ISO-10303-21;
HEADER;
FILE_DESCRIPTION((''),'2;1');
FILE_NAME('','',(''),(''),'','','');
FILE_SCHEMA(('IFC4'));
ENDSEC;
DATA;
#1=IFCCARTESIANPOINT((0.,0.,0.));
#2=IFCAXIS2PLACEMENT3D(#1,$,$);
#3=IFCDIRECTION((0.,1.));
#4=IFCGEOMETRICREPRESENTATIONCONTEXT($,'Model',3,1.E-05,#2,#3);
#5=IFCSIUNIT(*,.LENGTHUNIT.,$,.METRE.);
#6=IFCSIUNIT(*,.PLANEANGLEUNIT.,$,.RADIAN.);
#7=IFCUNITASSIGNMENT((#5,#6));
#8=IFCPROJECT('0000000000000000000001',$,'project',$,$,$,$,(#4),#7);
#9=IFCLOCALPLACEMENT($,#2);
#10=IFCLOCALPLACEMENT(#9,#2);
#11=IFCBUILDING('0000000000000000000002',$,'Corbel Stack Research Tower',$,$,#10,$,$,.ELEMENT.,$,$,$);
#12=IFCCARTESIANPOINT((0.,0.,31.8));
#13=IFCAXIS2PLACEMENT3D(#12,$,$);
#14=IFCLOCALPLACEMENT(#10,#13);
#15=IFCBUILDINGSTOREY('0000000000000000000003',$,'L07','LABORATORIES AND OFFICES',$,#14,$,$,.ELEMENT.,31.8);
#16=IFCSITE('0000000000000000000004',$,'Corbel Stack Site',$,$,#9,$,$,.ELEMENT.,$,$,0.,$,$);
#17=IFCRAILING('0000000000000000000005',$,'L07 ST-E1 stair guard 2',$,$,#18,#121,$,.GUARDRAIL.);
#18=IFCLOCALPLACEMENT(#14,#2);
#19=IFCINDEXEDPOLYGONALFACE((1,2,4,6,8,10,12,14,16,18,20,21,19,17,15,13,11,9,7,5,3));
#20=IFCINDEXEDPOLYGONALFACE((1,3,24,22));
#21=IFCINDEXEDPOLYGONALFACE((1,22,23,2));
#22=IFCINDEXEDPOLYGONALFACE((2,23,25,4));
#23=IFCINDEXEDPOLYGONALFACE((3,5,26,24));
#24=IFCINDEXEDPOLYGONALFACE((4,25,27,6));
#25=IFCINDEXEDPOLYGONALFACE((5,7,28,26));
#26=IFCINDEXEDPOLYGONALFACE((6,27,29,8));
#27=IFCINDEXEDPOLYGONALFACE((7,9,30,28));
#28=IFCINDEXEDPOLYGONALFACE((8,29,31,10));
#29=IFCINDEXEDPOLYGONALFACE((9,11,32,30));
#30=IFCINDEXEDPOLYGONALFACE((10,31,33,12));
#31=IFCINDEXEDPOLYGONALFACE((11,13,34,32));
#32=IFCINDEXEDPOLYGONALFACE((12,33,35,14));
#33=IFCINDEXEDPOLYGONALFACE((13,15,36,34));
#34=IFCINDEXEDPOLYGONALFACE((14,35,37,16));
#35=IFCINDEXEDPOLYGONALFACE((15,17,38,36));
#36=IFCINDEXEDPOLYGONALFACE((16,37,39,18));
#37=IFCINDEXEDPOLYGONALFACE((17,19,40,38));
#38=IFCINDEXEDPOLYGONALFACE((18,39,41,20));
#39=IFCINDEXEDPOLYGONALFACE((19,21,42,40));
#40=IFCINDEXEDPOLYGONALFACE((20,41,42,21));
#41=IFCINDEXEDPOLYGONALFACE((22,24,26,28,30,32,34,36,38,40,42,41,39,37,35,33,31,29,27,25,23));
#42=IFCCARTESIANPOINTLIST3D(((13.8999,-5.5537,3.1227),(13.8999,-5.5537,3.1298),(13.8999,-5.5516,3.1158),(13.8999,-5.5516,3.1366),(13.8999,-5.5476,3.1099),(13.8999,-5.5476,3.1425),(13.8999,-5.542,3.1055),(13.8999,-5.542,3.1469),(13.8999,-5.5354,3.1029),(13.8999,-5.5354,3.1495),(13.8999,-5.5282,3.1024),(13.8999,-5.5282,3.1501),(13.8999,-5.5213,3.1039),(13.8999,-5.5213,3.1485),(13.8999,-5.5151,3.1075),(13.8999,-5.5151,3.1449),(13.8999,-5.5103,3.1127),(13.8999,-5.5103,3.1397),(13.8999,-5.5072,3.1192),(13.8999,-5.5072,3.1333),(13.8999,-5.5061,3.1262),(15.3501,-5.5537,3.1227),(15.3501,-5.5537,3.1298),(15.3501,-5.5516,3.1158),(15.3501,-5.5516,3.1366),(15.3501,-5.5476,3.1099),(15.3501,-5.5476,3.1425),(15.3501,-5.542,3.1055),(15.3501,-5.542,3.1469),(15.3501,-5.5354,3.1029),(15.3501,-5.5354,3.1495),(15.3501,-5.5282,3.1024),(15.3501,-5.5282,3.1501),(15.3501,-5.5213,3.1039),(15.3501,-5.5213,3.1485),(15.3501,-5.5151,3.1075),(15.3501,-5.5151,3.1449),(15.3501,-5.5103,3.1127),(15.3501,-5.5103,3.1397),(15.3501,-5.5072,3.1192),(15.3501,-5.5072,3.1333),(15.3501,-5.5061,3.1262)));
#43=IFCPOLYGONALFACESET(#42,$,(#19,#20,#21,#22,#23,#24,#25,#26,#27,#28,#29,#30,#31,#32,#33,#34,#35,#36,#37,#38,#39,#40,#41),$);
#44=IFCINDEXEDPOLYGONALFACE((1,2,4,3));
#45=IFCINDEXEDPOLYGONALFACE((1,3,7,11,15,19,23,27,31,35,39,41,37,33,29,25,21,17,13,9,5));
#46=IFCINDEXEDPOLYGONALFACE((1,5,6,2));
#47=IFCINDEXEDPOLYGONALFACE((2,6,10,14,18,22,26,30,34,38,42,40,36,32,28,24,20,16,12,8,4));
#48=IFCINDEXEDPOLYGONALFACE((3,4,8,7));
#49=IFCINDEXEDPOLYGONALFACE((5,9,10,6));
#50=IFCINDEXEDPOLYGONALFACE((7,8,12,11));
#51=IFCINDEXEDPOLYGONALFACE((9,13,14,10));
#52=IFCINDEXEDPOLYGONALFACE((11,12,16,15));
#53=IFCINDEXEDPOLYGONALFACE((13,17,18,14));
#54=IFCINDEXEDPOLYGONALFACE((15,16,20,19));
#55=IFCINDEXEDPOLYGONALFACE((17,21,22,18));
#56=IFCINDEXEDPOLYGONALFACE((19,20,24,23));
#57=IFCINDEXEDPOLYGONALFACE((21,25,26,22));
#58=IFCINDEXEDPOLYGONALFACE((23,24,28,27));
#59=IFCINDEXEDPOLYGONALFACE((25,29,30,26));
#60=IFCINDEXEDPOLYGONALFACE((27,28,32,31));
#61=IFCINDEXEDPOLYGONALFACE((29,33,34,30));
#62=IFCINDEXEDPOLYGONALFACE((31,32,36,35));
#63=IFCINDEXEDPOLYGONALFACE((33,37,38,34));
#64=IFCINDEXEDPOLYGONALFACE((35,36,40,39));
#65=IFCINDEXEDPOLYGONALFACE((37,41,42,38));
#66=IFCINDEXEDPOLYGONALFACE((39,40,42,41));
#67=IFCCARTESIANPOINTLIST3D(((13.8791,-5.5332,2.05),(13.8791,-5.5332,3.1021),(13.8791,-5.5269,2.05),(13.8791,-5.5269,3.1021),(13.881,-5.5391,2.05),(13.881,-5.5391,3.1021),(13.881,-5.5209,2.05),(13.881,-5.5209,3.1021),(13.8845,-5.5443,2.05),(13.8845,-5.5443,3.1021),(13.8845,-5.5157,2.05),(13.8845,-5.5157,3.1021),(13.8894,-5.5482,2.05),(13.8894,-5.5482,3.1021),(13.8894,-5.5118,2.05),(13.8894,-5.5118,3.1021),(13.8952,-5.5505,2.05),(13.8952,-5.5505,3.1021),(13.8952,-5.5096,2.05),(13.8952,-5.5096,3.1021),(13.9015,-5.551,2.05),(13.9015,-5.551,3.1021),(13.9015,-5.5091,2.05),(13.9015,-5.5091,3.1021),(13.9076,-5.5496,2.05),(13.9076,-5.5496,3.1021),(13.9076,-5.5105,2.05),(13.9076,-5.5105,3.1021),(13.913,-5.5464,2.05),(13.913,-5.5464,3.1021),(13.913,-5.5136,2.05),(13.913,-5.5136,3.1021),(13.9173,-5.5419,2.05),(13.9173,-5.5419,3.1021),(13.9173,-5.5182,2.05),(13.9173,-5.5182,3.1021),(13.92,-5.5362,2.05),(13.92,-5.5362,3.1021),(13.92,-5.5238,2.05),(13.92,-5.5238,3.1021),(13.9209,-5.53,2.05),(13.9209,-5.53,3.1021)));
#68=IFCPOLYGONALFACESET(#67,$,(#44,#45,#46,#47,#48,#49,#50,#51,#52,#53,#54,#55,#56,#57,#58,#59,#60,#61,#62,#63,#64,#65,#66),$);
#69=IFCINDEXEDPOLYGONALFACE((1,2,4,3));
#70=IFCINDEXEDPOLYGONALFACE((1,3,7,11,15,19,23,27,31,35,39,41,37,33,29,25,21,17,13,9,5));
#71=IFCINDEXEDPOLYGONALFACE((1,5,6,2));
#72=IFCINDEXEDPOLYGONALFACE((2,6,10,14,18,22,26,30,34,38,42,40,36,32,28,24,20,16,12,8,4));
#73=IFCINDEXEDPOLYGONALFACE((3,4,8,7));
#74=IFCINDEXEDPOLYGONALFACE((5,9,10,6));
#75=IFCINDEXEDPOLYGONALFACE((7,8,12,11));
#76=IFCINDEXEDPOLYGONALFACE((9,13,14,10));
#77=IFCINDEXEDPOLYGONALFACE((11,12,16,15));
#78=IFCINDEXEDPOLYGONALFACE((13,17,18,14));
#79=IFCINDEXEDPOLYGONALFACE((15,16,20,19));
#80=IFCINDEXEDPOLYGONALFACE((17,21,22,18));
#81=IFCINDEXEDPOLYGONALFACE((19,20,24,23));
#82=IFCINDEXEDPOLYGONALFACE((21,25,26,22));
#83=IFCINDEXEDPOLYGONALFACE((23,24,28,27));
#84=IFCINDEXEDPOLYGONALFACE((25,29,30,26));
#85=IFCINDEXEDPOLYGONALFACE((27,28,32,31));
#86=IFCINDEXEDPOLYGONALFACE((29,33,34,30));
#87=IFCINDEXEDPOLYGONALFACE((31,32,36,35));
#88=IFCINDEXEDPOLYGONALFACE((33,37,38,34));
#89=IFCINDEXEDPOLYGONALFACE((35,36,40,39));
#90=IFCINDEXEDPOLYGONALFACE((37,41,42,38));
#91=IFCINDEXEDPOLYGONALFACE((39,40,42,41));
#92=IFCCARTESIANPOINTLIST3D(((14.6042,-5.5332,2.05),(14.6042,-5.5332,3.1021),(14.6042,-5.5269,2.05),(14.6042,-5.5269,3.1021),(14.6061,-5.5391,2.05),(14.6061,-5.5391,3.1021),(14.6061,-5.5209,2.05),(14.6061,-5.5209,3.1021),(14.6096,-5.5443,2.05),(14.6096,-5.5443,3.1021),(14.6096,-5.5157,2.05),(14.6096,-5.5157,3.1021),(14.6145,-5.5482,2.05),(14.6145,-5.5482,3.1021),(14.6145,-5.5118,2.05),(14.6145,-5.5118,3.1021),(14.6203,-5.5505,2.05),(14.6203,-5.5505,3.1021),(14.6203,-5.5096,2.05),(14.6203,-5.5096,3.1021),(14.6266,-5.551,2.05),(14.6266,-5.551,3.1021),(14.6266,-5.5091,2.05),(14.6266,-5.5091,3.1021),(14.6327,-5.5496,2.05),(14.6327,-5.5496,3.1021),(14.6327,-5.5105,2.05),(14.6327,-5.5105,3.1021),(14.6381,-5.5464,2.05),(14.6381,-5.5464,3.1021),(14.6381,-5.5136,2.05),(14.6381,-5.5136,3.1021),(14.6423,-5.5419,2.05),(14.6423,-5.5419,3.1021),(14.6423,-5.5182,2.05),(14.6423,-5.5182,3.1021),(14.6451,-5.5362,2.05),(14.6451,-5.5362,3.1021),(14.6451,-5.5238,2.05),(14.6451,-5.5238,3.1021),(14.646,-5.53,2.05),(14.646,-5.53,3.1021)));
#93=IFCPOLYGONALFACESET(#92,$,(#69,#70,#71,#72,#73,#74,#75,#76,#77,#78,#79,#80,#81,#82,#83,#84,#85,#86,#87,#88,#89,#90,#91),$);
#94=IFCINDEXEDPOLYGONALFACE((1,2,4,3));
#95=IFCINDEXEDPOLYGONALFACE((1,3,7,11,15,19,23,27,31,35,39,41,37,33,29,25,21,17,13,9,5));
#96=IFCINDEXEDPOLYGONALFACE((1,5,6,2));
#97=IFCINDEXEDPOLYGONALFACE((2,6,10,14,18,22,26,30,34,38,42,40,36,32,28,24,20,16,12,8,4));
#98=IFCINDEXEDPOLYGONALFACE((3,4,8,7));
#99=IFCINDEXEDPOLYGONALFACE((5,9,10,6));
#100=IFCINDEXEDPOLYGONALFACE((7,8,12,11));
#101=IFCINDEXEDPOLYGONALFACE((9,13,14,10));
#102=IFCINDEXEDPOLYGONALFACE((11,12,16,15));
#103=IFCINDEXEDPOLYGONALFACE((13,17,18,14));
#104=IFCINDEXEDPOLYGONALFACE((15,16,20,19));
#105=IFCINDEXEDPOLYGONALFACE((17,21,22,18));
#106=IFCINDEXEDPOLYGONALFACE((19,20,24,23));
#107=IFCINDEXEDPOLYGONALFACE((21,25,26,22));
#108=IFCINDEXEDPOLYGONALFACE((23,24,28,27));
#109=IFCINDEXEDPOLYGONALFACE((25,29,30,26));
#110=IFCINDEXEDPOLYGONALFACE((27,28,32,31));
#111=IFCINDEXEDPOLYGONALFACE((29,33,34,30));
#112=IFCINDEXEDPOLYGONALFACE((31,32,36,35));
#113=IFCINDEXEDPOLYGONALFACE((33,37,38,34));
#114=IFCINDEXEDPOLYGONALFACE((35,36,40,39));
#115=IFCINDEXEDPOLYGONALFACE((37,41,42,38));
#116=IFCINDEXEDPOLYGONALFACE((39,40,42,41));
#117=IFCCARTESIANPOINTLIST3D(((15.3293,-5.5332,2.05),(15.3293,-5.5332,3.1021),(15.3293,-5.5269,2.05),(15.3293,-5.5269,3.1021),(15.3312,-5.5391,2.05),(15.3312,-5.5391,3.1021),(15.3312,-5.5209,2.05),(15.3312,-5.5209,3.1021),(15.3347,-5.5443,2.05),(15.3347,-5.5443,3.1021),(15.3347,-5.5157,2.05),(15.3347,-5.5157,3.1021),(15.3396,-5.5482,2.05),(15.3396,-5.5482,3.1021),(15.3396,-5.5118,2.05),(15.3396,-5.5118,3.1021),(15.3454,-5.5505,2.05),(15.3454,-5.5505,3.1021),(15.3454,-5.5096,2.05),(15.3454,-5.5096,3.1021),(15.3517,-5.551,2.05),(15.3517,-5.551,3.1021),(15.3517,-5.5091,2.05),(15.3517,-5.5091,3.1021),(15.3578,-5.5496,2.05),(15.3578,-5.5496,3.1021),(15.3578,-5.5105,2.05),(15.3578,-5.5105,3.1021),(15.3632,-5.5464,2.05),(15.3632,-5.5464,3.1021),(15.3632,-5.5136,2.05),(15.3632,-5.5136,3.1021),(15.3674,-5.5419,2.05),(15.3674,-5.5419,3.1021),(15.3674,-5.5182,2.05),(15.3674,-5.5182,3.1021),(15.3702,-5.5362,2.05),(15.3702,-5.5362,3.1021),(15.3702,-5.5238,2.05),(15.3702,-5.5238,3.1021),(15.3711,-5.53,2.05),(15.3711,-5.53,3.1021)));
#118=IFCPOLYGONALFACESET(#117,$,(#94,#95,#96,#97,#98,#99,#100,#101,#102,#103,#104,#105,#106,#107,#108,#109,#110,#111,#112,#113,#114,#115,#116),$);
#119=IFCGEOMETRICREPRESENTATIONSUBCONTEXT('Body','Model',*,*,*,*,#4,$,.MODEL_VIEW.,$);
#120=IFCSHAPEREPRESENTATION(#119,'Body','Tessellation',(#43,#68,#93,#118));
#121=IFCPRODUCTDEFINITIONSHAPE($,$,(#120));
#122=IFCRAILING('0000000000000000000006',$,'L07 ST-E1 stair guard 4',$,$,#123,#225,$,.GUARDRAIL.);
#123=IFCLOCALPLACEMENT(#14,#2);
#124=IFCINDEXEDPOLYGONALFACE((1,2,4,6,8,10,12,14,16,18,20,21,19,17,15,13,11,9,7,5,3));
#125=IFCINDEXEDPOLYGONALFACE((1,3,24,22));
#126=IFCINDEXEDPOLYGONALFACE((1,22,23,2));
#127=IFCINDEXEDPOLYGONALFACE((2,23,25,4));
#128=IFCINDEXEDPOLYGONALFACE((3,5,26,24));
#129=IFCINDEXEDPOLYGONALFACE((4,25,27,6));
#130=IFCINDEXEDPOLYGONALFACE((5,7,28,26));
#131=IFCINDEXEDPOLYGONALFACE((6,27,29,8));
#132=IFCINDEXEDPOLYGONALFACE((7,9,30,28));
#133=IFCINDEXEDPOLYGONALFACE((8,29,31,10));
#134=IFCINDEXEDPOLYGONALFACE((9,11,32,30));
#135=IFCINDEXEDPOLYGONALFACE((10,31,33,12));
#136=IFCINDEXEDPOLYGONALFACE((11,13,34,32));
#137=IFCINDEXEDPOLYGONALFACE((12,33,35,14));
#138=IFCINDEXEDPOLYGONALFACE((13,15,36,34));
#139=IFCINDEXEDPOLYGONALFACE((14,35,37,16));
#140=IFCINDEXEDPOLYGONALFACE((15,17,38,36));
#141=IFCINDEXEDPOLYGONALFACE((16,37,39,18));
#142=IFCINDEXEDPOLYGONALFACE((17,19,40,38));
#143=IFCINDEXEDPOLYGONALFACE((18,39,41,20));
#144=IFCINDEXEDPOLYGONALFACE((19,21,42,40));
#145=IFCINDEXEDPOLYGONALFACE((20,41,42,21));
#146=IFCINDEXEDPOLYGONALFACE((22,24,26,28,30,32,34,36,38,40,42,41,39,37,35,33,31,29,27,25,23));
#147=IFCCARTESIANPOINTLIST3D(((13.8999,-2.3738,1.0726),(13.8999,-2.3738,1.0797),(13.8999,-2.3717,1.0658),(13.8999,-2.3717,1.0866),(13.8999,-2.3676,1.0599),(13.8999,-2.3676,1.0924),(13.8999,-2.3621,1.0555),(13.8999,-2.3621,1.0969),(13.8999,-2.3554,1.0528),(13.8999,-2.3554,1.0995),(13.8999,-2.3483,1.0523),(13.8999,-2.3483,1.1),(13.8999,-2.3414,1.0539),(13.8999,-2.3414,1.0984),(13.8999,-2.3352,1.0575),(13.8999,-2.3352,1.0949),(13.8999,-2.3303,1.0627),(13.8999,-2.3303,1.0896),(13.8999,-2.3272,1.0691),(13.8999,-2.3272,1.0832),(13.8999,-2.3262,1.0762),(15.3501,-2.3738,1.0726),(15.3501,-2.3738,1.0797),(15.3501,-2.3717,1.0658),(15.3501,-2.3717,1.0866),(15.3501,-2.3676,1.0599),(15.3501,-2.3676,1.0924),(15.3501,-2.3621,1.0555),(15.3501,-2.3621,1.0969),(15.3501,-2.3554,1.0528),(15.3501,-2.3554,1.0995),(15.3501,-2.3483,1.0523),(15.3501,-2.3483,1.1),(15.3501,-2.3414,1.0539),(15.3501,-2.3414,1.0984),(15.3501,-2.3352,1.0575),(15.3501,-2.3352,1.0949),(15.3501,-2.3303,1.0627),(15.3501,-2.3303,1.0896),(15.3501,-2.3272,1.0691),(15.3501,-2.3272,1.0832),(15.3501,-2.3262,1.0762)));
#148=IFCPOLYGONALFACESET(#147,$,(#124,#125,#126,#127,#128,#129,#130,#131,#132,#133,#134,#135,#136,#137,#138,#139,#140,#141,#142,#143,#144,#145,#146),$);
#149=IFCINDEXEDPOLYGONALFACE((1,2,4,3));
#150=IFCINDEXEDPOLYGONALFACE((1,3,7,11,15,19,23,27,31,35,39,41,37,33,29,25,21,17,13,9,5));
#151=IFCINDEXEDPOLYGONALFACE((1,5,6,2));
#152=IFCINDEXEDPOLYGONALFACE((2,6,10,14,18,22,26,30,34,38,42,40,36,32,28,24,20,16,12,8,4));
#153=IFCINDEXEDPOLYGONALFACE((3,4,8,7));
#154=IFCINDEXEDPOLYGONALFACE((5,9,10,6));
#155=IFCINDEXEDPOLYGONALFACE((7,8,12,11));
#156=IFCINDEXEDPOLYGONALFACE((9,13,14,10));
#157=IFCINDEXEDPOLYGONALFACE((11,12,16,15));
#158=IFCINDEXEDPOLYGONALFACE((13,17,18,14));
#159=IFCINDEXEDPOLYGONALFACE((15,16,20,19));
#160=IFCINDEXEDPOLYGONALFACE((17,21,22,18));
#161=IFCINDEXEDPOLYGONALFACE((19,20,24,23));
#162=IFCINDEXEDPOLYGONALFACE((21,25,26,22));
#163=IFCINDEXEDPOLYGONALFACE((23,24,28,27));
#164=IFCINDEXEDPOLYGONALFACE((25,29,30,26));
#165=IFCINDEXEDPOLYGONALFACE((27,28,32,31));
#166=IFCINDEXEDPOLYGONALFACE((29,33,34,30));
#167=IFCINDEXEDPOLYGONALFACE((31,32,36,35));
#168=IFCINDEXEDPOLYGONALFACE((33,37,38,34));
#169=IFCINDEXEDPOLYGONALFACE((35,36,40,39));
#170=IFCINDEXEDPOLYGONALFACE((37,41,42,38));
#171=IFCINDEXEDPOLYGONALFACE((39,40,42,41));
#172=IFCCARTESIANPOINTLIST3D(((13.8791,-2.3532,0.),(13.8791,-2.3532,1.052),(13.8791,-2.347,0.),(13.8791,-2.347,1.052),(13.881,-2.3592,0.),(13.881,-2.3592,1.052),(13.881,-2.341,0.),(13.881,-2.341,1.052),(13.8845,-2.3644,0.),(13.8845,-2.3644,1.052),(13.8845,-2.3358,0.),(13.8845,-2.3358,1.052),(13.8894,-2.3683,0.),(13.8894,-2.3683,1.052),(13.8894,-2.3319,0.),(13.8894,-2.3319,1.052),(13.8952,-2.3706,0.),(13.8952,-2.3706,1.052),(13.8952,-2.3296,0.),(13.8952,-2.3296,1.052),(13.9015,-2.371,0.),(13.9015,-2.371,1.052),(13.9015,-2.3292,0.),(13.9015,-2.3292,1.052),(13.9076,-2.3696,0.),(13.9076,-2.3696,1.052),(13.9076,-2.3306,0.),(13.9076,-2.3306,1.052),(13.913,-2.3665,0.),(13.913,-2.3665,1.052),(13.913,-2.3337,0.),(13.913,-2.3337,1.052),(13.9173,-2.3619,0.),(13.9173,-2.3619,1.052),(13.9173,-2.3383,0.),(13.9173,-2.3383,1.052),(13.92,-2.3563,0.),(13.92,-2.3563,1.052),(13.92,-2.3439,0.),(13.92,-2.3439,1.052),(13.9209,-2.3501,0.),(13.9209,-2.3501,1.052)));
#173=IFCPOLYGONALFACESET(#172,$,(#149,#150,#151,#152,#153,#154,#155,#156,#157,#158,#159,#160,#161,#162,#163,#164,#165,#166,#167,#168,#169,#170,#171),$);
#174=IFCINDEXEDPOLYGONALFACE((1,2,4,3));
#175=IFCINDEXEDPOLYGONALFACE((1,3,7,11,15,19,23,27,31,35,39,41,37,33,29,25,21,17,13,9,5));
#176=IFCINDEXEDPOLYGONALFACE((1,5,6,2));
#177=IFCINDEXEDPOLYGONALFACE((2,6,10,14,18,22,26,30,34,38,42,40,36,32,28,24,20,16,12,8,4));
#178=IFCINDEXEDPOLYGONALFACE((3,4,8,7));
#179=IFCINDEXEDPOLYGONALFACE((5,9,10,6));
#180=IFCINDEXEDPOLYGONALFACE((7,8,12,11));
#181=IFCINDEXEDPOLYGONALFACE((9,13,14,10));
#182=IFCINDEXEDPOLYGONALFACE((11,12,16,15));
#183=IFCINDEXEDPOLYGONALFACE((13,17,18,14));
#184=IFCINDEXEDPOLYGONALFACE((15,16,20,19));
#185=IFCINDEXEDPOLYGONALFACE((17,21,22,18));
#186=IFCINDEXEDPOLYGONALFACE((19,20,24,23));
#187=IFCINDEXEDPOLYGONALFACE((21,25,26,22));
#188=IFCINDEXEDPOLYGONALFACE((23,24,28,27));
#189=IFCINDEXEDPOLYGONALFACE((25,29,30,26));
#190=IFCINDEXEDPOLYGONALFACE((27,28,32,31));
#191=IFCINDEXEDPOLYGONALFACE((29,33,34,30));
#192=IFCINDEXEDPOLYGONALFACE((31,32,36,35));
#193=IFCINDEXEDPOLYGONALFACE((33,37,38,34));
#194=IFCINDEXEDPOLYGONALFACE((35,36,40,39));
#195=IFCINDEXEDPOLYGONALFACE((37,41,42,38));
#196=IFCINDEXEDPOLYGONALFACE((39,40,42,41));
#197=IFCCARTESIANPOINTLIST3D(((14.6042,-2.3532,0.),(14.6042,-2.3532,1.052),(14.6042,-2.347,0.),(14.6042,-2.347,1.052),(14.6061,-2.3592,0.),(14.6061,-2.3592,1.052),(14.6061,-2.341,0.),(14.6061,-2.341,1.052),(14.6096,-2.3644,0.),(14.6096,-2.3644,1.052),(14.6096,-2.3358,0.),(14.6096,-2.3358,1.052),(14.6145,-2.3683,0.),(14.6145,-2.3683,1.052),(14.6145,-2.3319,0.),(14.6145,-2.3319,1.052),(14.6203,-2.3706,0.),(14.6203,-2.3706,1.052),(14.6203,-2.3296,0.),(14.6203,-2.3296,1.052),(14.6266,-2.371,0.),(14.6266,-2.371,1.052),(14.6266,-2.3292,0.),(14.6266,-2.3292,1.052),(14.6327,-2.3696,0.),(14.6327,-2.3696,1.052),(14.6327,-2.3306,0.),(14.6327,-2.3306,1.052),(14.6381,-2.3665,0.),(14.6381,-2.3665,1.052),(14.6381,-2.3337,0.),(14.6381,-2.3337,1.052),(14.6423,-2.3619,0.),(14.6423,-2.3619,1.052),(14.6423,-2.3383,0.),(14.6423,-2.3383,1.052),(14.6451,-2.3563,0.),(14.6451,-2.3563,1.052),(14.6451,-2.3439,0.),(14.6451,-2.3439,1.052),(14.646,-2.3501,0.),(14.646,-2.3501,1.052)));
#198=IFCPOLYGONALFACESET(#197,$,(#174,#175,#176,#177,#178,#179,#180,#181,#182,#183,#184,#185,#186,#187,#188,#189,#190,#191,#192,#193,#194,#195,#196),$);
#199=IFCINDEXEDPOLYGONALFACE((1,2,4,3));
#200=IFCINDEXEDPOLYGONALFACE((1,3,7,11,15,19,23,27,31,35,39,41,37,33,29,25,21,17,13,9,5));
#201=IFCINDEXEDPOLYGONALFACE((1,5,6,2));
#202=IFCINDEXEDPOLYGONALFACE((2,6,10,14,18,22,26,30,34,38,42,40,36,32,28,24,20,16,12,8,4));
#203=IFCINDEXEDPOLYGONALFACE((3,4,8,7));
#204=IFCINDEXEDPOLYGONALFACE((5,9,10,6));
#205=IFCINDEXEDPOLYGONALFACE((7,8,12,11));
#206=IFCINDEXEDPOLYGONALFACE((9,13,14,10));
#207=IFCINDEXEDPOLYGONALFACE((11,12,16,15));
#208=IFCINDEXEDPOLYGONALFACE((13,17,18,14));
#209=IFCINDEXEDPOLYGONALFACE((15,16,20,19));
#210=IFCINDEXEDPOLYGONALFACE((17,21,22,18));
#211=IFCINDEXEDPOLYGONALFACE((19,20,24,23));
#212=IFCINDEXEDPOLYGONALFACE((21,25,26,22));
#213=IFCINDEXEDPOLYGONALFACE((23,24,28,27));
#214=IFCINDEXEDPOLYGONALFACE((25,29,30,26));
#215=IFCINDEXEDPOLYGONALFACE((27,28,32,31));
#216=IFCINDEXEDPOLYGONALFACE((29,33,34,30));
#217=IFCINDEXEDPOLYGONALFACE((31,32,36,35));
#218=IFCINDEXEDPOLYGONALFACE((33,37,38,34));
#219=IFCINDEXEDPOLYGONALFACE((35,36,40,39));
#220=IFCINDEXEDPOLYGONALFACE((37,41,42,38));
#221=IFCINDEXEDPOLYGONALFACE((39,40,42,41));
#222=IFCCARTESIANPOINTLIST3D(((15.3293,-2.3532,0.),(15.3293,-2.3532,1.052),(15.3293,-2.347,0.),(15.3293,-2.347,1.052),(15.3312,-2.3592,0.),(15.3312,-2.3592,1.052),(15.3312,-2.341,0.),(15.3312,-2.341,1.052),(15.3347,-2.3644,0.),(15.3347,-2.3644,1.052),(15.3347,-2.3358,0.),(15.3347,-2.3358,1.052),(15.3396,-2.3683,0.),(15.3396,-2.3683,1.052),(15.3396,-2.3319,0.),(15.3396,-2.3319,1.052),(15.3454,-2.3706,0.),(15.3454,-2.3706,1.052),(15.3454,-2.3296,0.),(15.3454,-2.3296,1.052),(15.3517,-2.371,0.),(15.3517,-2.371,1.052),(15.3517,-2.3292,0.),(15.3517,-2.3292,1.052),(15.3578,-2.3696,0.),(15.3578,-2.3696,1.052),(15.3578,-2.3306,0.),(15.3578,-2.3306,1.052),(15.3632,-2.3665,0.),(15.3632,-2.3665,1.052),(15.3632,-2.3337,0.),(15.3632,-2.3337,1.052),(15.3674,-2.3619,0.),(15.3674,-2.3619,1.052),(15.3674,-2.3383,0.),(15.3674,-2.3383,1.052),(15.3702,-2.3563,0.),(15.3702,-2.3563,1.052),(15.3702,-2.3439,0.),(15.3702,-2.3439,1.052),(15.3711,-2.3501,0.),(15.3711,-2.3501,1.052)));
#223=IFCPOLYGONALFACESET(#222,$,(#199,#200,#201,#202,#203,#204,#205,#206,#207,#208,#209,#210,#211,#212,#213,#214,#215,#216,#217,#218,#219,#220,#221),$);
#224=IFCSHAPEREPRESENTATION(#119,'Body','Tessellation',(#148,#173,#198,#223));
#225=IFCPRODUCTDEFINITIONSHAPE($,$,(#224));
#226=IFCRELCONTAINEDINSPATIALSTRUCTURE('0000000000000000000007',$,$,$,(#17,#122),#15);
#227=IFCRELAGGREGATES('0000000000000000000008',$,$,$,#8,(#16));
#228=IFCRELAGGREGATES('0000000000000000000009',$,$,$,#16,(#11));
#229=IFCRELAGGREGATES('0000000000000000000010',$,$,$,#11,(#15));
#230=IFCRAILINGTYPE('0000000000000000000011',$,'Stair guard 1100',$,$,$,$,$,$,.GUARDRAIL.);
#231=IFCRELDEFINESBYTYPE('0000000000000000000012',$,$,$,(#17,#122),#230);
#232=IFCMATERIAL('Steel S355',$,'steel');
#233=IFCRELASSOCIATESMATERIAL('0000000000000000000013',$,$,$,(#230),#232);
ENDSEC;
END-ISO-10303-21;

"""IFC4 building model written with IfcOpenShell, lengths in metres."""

from ifc_helpers import new_model, si_unit, direction, frame, origin, origin_2d, place, context, subcontext, project, spatial, circle, extrude, material, type_object, element, save


model = new_model("IFC4")

# Units and contexts
model_context = context("Model", 3, precision=1e-05, world=origin(), true_north=direction((0.0, 1.0)))
body_context = subcontext(model_context, "Body", "Model", "MODEL_VIEW")
ifc_project = project(units=[si_unit("LENGTHUNIT", "METRE"), si_unit("PLANEANGLEUNIT", "RADIAN")], contexts=[model_context])

# Site, building, storey
site_placement = place(None, origin())
site = spatial("IfcSite", under=ifc_project, at=site_placement, Name="Corbel Stack Site", CompositionType="ELEMENT", RefElevation=0.0)
building_placement = place(site_placement, origin())
building = spatial("IfcBuilding", under=site, at=building_placement, Name="Corbel Stack Research Tower", CompositionType="ELEMENT")
storey_placement = place(building_placement, frame((0.0, 0.0, 31.8)))
storey = spatial("IfcBuildingStorey", under=building, at=storey_placement, Name="L07", Description="LABORATORIES AND OFFICES", CompositionType="ELEMENT", Elevation=31.8)

# Railings
ifc_material_1 = material(Name="Steel S355", Category="steel")
railing_type_1 = type_object("IfcRailingType", Name="Stair guard 1100", PredefinedType="GUARDRAIL", material=ifc_material_1)
for number, where, name in (
    (1, (13.8999, -5.53, 2.05), "L07 ST-E1 stair guard 2"),
    (2, (13.8999, -2.3501, 0.0), "L07 ST-E1 stair guard 4"),
):
    element("IfcRailing", number, at=place(storey_placement, frame(where)), inside=storey, type_object=railing_type_1, Name=name, PredefinedType="GUARDRAIL", context=body_context, shape_type="SweptSolid", body=[
        extrude(circle(Radius=0.0239, at=origin_2d()), frame((0.0, 0.0, 1.0762), z_axis=(1.0, 0.0, 0.0), x_axis=(0.0, 1.0, 0.0)), (0.0, 0.0, 1.0), 1.4502),
        extrude(circle(Radius=0.021, at=origin_2d()), origin(), (0.0, 0.0, 1.0), 1.052),
        extrude(circle(Radius=0.021, at=origin_2d()), frame((0.7251, 0.0, 0.0)), (0.0, 0.0, 1.0), 1.052),
        extrude(circle(Radius=0.021, at=origin_2d()), frame((1.4502, 0.0, 0.0)), (0.0, 0.0, 1.0), 1.052),
    ])

save(model, "model.ifc")
